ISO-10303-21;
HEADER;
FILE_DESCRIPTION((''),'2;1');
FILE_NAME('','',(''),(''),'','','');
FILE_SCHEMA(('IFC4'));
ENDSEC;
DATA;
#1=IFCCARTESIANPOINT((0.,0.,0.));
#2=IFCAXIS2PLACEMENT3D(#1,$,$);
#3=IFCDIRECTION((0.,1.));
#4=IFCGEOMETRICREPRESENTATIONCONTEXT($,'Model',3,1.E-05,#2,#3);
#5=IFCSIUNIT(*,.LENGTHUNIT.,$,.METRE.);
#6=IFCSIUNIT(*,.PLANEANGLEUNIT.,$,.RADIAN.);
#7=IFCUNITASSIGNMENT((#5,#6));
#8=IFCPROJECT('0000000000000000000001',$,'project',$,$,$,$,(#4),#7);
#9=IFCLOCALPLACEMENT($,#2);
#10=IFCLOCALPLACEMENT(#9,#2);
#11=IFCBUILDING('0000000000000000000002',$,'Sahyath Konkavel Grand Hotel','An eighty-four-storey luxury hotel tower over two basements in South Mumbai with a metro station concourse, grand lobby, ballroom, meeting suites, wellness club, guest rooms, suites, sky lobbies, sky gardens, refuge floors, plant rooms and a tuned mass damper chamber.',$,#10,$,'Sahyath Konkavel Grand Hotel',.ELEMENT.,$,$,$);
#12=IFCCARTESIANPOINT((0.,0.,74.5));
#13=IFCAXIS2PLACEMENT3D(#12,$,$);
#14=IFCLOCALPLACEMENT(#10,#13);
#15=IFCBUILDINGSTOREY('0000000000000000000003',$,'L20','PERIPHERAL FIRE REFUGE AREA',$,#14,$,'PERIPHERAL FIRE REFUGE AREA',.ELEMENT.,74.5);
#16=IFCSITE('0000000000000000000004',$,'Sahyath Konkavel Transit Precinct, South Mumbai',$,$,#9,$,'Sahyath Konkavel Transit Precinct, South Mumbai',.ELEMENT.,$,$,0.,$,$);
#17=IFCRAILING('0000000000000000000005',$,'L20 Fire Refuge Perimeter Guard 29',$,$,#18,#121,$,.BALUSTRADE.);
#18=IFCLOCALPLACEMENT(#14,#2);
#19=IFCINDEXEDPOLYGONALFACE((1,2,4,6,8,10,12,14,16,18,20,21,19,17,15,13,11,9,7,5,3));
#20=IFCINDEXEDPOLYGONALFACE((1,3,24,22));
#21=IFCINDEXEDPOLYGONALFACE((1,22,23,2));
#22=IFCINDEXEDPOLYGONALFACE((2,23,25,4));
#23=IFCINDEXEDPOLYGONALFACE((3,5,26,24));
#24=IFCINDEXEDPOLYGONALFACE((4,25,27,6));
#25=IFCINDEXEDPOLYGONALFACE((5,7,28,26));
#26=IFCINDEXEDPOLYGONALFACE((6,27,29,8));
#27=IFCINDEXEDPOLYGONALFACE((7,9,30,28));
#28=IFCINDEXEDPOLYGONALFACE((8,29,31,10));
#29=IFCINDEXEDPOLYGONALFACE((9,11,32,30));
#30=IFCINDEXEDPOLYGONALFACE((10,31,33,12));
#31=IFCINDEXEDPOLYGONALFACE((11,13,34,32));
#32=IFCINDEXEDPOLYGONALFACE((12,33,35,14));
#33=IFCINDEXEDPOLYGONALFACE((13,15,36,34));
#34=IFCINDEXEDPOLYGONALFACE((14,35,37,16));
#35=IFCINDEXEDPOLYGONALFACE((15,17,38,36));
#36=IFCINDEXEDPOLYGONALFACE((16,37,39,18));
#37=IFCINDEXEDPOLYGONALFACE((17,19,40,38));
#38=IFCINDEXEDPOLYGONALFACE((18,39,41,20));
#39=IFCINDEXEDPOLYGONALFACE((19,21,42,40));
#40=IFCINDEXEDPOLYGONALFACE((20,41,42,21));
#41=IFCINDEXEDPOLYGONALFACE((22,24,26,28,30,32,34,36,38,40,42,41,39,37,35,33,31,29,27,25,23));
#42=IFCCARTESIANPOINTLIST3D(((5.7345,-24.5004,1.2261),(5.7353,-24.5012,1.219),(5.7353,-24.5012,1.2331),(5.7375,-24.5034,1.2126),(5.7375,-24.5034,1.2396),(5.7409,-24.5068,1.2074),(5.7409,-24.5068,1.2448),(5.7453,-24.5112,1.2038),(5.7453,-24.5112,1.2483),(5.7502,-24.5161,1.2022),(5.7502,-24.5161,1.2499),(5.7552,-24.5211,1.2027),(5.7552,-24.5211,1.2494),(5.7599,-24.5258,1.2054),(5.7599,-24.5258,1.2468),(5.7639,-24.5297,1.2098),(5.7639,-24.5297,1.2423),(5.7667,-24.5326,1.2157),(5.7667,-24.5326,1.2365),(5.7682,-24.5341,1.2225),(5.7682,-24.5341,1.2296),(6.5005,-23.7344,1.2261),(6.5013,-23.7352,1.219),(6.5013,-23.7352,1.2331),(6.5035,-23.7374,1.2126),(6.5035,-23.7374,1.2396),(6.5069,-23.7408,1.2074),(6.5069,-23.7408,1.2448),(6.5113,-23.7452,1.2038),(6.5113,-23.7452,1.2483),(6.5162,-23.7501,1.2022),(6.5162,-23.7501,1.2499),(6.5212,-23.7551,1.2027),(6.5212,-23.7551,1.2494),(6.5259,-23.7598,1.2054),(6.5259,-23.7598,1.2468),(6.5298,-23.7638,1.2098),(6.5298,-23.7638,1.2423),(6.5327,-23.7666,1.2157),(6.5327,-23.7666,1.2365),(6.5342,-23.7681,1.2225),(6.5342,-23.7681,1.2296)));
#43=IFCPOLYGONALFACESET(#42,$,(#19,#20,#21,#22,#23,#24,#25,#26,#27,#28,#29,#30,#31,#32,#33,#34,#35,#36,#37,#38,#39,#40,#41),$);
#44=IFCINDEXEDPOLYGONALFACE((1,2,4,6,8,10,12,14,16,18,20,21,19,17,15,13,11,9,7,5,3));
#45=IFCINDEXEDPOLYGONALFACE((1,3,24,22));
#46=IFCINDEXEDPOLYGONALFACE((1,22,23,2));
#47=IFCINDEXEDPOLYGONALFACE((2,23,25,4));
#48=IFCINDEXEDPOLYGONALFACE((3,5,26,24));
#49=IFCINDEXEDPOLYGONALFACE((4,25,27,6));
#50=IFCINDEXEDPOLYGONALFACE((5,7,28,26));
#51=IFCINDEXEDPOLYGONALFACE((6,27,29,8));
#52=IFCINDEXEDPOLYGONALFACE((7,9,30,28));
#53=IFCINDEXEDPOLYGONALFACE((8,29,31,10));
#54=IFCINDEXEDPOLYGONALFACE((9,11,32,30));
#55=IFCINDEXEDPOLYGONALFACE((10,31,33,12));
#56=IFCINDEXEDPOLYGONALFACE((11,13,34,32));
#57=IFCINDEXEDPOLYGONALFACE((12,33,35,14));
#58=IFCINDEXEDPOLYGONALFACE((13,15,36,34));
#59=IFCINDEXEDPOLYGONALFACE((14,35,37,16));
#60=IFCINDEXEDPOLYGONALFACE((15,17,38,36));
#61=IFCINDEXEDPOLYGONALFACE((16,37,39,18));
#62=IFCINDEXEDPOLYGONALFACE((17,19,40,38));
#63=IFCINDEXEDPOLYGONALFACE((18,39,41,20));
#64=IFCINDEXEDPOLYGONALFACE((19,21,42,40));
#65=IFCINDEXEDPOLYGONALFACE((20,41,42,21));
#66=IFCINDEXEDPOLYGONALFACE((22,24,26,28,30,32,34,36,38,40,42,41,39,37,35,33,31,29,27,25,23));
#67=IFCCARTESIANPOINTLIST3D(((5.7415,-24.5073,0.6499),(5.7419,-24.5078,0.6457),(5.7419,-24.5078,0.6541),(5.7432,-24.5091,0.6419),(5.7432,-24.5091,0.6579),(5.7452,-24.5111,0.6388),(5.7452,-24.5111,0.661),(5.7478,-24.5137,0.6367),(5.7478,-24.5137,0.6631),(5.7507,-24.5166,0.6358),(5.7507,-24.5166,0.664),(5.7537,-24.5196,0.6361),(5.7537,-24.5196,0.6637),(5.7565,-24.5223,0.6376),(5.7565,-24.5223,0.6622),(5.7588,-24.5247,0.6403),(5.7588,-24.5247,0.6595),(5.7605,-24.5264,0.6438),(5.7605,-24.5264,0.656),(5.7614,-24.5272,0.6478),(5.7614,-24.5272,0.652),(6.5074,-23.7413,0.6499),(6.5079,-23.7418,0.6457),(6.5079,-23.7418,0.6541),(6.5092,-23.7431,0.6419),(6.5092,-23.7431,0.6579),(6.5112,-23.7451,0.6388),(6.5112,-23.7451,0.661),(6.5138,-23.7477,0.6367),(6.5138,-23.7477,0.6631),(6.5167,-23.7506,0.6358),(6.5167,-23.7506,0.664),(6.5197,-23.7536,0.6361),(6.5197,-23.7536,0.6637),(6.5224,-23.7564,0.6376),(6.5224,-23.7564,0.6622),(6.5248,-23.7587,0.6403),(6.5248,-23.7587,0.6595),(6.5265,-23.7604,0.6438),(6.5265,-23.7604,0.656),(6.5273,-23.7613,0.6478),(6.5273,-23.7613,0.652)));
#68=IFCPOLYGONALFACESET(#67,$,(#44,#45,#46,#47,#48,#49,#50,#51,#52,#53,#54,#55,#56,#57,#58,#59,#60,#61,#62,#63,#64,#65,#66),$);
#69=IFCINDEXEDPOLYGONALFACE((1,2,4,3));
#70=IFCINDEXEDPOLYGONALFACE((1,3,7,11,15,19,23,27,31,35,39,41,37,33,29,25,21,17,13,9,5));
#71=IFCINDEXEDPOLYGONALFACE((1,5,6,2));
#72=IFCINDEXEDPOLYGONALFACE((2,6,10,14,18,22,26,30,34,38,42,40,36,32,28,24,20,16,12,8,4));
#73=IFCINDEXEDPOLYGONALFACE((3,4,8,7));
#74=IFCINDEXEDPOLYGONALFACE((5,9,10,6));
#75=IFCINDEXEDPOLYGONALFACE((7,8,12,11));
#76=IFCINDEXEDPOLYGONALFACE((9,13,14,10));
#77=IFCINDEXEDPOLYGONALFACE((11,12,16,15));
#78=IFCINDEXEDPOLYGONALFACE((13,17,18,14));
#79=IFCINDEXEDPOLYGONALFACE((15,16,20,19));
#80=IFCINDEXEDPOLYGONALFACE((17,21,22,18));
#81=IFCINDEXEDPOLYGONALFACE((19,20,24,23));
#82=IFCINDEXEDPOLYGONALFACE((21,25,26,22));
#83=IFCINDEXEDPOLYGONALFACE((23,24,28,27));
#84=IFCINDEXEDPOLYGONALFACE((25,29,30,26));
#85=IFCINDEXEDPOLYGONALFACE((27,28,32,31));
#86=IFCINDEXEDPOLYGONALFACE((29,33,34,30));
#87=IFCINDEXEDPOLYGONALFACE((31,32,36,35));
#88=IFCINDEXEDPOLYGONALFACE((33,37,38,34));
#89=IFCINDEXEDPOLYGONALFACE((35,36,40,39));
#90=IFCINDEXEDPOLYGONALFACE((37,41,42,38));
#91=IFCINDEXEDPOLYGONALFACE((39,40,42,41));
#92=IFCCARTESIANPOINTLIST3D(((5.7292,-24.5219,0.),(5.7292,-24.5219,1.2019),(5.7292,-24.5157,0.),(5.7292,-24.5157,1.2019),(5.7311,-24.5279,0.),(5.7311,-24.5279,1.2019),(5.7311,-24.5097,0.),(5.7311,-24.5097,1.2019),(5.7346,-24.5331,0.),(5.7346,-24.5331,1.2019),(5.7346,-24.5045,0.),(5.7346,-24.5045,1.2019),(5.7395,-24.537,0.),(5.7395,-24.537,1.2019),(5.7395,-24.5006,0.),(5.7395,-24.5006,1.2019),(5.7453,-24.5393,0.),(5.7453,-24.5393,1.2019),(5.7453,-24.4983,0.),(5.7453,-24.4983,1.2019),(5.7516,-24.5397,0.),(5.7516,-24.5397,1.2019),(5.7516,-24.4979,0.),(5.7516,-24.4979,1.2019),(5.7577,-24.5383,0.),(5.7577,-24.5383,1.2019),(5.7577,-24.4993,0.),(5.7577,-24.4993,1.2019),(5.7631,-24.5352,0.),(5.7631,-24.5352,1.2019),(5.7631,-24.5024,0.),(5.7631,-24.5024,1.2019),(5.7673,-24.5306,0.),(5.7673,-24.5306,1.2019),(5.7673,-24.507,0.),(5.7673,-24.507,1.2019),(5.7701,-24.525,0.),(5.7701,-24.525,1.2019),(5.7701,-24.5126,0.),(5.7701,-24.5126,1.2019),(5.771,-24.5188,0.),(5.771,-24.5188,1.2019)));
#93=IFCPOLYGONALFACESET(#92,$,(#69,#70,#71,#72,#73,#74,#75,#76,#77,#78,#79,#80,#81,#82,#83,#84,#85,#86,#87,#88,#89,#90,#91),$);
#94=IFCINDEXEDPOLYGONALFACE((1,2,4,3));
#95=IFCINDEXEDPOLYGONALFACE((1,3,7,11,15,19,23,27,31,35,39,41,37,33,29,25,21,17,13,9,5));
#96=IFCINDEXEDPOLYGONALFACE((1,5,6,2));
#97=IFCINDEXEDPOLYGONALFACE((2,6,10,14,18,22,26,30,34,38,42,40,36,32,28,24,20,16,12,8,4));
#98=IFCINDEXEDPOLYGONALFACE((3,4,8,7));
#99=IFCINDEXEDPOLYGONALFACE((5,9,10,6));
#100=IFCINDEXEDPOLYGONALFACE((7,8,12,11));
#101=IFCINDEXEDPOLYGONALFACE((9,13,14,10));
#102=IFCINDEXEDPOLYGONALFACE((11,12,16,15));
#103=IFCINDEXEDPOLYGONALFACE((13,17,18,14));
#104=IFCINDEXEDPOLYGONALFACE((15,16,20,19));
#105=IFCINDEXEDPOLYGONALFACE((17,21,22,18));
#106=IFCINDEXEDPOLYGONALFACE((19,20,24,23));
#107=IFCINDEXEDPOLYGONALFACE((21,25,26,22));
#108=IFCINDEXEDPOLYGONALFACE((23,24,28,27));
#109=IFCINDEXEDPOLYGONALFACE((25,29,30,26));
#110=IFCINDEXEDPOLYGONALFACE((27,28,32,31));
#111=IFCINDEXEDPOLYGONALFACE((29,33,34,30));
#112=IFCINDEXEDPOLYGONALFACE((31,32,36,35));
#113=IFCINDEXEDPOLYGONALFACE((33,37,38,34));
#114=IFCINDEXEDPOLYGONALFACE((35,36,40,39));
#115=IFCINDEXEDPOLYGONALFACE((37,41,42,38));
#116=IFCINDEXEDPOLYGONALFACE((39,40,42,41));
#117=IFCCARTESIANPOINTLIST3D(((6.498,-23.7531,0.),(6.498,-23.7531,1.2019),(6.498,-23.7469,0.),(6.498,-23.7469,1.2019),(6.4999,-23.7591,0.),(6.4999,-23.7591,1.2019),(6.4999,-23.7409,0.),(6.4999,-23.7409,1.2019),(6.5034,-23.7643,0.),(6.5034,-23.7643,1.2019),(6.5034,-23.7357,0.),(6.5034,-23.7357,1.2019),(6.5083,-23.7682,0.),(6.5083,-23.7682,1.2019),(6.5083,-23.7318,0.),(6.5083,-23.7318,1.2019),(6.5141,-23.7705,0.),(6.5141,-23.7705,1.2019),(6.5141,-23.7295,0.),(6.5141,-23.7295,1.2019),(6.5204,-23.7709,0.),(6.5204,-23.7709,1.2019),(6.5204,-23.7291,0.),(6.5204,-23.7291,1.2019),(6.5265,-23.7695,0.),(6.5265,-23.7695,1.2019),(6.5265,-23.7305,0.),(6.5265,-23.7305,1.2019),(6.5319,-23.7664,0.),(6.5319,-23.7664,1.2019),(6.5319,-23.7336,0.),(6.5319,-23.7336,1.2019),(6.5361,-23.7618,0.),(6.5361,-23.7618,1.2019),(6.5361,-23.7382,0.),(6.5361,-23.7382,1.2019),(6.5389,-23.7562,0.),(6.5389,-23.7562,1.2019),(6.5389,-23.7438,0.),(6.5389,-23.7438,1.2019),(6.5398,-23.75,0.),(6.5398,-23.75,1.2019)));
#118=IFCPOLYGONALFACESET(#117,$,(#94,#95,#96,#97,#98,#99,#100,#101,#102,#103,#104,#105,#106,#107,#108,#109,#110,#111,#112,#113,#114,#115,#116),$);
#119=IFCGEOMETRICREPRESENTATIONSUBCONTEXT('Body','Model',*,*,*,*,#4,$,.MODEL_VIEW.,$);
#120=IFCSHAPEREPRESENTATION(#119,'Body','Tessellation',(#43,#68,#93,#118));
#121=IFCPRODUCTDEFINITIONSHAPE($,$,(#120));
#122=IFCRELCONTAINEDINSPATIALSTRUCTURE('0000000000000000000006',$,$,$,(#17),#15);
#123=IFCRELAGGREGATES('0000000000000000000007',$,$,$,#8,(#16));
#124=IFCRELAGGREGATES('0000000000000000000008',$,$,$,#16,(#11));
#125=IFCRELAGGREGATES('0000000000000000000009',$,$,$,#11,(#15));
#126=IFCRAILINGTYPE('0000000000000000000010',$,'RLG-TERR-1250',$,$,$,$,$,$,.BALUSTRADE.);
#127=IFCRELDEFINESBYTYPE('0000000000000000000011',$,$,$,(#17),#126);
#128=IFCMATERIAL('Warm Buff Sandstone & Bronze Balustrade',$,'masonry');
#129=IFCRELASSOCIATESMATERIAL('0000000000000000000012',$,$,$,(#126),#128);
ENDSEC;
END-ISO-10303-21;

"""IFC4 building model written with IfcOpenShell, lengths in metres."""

from ifc_helpers import new_model, si_unit, direction, frame, origin, origin_2d, place, context, subcontext, project, spatial, circle, extrude, material, type_object, element, save


model = new_model("IFC4")

# Units and contexts
model_context = context("Model", 3, precision=1e-05, world=origin(), true_north=direction((0.0, 1.0)))
body_context = subcontext(model_context, "Body", "Model", "MODEL_VIEW")
ifc_project = project(units=[si_unit("LENGTHUNIT", "METRE"), si_unit("PLANEANGLEUNIT", "RADIAN")], contexts=[model_context])

# Site, building, storey
site_placement = place(None, origin())
site = spatial("IfcSite", under=ifc_project, at=site_placement, Name="Sahyath Konkavel Transit Precinct, South Mumbai", LongName="Sahyath Konkavel Transit Precinct, South Mumbai", CompositionType="ELEMENT", RefElevation=0.0)
building_placement = place(site_placement, origin())
building = spatial("IfcBuilding", under=site, at=building_placement, Name="Sahyath Konkavel Grand Hotel", Description="An eighty-four-storey luxury hotel tower over two basements in South Mumbai with a metro station concourse, grand lobby, ballroom, meeting suites, wellness club, guest rooms, suites, sky lobbies, sky gardens, refuge floors, plant rooms and a tuned mass damper chamber.", LongName="Sahyath Konkavel Grand Hotel", CompositionType="ELEMENT")
storey_placement = place(building_placement, frame((0.0, 0.0, 74.5)))
storey = spatial("IfcBuildingStorey", under=building, at=storey_placement, Name="L20", Description="PERIPHERAL FIRE REFUGE AREA", LongName="PERIPHERAL FIRE REFUGE AREA", CompositionType="ELEMENT", Elevation=74.5)

# Railing
ifc_material_1 = material(Name="Warm Buff Sandstone & Bronze Balustrade", Category="masonry")
railing_type = type_object("IfcRailingType", Name="RLG-TERR-1250", PredefinedType="BALUSTRADE", material=ifc_material_1)
for number, where, name in (
    (1, (5.75, -24.5188, 0.0), "L20 Fire Refuge Perimeter Guard 29"),
):
    element("IfcRailing", number, at=place(storey_placement, frame(where)), inside=storey, type_object=railing_type, Name=name, PredefinedType="BALUSTRADE", context=body_context, shape_type="SweptSolid", body=[
        extrude(circle(Radius=0.0239, at=origin_2d()), frame((0.0015, 0.0015, 1.2261), z_axis=(0.707107, 0.707107, 0.0), x_axis=(-0.707107, 0.707107, 0.0)), (0.0, 0.0, 1.0), 1.0833),
        extrude(circle(Radius=0.0142, at=origin_2d()), frame((0.0015, 0.0015, 0.6499), z_axis=(0.707107, 0.707107, 0.0), x_axis=(-0.707107, 0.707107, 0.0)), (0.0, 0.0, 1.0), 1.0833),
        extrude(circle(Radius=0.021, at=origin_2d()), origin(), (0.0, 0.0, 1.0), 1.2019),
        extrude(circle(Radius=0.021, at=origin_2d()), frame((0.7688, 0.7688, 0.0)), (0.0, 0.0, 1.0), 1.2019),
    ])

save(model, "model.ifc")
